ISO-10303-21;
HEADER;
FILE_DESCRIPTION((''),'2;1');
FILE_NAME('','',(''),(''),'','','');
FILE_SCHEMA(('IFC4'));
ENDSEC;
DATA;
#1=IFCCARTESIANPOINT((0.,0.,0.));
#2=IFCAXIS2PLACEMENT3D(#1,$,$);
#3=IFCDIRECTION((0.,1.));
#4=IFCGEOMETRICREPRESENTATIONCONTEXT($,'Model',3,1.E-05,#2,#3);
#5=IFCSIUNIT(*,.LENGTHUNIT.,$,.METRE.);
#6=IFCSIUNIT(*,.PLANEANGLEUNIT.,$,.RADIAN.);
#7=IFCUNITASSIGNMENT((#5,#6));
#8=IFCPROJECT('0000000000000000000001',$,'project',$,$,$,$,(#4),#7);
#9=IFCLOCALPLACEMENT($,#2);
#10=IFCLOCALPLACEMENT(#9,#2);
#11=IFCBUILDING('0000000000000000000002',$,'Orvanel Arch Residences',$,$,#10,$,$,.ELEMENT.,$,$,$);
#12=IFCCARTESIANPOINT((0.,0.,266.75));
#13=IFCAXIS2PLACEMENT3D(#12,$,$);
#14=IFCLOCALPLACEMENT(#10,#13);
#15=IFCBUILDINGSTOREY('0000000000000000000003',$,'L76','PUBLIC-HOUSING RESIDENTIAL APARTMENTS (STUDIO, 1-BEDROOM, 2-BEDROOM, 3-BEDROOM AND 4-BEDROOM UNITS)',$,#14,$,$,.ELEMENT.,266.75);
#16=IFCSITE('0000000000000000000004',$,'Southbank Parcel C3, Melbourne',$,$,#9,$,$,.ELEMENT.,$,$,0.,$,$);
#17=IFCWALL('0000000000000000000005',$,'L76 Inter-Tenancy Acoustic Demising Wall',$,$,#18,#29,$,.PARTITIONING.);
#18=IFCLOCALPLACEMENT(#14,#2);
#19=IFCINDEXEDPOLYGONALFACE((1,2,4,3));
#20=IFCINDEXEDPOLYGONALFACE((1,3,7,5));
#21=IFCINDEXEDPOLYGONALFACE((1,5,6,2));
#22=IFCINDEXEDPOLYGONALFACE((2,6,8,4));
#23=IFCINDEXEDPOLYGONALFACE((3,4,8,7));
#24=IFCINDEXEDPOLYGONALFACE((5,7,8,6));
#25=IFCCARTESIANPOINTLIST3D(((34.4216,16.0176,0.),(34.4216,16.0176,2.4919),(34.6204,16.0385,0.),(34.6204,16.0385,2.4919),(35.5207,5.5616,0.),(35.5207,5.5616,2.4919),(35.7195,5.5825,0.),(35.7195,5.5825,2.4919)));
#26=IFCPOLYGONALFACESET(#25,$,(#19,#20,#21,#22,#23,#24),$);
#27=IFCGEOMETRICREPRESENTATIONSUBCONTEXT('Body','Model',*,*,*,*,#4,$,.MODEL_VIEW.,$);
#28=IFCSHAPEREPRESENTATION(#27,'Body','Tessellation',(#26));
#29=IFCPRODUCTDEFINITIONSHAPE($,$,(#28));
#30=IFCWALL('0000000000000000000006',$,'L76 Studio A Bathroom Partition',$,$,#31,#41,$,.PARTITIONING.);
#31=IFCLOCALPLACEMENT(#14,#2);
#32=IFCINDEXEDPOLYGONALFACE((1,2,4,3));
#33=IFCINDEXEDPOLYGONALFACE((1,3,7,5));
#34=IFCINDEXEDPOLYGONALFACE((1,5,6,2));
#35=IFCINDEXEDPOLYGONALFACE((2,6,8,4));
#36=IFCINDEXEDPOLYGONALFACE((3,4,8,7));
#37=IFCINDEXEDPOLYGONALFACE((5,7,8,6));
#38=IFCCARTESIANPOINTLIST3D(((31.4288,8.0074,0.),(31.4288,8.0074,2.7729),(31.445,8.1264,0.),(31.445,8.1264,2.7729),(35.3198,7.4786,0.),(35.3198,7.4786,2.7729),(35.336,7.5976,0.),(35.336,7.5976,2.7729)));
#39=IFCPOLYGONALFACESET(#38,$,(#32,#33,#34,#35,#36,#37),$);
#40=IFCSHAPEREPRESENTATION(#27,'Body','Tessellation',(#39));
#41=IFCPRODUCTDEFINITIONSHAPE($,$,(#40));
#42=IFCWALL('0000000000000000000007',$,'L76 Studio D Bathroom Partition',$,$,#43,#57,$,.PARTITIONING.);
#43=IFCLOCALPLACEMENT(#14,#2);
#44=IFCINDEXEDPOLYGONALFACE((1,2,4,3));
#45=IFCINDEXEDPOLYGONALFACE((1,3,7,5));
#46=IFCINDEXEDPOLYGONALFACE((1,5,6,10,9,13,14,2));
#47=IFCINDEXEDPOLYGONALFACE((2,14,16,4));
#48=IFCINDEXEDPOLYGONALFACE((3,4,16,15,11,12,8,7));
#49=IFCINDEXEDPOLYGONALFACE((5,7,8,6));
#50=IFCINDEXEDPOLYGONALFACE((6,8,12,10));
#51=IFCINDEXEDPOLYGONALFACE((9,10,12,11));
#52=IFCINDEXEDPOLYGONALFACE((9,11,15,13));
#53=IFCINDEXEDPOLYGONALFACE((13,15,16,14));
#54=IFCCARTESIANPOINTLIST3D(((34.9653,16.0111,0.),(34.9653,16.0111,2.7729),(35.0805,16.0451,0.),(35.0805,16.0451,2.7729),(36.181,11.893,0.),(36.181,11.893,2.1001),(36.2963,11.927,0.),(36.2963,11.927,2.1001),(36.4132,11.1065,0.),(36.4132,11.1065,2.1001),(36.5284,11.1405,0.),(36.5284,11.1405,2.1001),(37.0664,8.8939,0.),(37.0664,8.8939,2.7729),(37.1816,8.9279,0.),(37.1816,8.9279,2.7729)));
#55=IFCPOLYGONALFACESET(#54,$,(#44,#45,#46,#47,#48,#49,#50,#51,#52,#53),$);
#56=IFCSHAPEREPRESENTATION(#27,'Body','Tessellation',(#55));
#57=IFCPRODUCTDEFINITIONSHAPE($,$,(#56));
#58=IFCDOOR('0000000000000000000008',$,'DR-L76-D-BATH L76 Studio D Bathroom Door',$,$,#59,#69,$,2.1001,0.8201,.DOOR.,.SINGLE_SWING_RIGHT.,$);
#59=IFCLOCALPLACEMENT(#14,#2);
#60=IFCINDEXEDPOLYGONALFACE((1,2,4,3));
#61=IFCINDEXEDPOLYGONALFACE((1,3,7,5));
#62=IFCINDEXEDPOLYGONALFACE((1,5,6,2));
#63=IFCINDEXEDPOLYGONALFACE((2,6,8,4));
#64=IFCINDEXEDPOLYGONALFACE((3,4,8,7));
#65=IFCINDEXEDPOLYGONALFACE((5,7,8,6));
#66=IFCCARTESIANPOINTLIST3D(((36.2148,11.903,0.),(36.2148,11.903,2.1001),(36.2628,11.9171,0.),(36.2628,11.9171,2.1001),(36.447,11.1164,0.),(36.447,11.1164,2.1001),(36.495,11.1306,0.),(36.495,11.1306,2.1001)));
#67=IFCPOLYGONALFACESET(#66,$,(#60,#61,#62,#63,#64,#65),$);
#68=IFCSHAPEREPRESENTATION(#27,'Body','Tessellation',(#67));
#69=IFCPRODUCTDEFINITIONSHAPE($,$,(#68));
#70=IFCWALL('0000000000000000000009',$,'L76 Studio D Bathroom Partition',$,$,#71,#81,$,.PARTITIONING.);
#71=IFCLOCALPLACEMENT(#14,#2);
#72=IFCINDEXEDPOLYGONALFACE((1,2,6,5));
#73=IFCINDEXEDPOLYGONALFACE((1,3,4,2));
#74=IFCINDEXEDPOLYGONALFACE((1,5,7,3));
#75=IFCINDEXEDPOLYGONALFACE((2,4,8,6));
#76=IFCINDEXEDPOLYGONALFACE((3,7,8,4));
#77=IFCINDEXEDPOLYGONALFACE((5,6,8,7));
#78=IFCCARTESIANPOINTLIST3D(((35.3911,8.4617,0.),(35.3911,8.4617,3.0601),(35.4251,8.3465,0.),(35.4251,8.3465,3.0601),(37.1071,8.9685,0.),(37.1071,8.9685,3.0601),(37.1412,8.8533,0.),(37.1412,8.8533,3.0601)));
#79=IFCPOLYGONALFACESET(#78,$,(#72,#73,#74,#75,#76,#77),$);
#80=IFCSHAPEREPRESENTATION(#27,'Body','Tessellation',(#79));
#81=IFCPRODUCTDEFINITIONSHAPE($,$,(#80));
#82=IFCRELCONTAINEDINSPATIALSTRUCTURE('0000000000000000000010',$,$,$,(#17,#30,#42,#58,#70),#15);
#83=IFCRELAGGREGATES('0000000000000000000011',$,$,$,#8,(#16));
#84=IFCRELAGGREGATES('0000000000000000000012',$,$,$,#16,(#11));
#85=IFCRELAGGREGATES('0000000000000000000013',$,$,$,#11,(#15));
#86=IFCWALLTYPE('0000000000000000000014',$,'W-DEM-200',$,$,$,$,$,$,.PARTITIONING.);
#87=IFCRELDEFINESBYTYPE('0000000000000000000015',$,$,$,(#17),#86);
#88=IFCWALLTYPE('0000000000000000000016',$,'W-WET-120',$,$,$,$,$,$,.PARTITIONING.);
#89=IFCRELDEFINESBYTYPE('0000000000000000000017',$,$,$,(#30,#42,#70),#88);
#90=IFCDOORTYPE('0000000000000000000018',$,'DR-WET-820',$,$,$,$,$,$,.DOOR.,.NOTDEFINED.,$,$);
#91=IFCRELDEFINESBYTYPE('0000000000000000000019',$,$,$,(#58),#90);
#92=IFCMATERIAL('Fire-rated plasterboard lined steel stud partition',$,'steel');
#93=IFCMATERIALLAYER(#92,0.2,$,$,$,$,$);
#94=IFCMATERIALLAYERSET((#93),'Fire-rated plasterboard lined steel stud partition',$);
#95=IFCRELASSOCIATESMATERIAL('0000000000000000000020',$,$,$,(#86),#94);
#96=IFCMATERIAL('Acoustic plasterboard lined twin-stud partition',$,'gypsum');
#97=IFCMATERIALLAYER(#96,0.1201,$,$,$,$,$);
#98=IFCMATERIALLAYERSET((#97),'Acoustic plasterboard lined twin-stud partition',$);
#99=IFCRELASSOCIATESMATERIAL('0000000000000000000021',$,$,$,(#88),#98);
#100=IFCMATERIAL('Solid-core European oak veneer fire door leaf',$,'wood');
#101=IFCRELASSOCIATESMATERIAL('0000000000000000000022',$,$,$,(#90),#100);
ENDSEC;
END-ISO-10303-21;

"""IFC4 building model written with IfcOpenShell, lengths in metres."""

from ifc_helpers import new_model, si_unit, direction, frame, frame_2d, origin, place, context, subcontext, project, spatial, rectangle, extrude, material, layer, layer_set, type_object, element, fill, save


model = new_model("IFC4")

# Units and contexts
model_context = context("Model", 3, precision=1e-05, world=origin(), true_north=direction((0.0, 1.0)))
body_context = subcontext(model_context, "Body", "Model", "MODEL_VIEW")
ifc_project = project(units=[si_unit("LENGTHUNIT", "METRE"), si_unit("PLANEANGLEUNIT", "RADIAN")], contexts=[model_context])

# Site, building, storey
site_placement = place(None, origin())
site = spatial("IfcSite", under=ifc_project, at=site_placement, Name="Southbank Parcel C3, Melbourne", CompositionType="ELEMENT", RefElevation=0.0)
building_placement = place(site_placement, origin())
building = spatial("IfcBuilding", under=site, at=building_placement, Name="Orvanel Arch Residences", CompositionType="ELEMENT")
storey_placement = place(building_placement, frame((0.0, 0.0, 266.75)))
storey = spatial("IfcBuildingStorey", under=building, at=storey_placement, Name="L76", Description="PUBLIC-HOUSING RESIDENTIAL APARTMENTS (STUDIO, 1-BEDROOM, 2-BEDROOM, 3-BEDROOM AND 4-BEDROOM UNITS)", CompositionType="ELEMENT", Elevation=266.75)

# Shared definitions
ifc_material_1 = material(Name="Fire-rated plasterboard lined steel stud partition", Category="steel")
ifc_material_2 = material(Name="Solid-core European oak veneer fire door leaf", Category="wood")

# Walls
ifc_layer_1 = layer(ifc_material_1, 0.2)
ifc_layer_set_1 = layer_set([ifc_layer_1], Name="Fire-rated plasterboard lined steel stud partition")
wall_type_1 = type_object("IfcWallType", Name="W-DEM-200", PredefinedType="PARTITIONING", material=ifc_layer_set_1)
wall_1_placement = place(storey_placement, frame((34.521, 16.0281, 0.0), z_axis=(0.0, 0.0, 1.0), x_axis=(0.104542, -0.99452, 0.0)))
element("IfcWall", 1, at=wall_1_placement, inside=storey, type_object=wall_type_1, Name="L76 Inter-Tenancy Acoustic Demising Wall", PredefinedType="PARTITIONING", context=body_context, shape_type="SweptSolid", body=[
    extrude(rectangle(XDim=10.5137, YDim=0.2, at=frame_2d((5.2568, 0.0))), origin(), (0.0, 0.0, 1.0), 2.4919),
])
ifc_material_3 = material(Name="Acoustic plasterboard lined twin-stud partition", Category="gypsum")
ifc_layer_2 = layer(ifc_material_3, 0.1201)
ifc_layer_set_2 = layer_set([ifc_layer_2], Name="Acoustic plasterboard lined twin-stud partition")
wall_type_2 = type_object("IfcWallType", Name="W-WET-120", PredefinedType="PARTITIONING", material=ifc_layer_set_2)
wall_2_placement = place(storey_placement, frame((35.3279, 7.5381, 0.0), z_axis=(0.0, 0.0, 1.0), x_axis=(-0.99089, 0.134672, 0.0)))
element("IfcWall", 2, at=wall_2_placement, inside=storey, type_object=wall_type_2, Name="L76 Studio A Bathroom Partition", PredefinedType="PARTITIONING", context=body_context, shape_type="SweptSolid", body=[
    extrude(rectangle(XDim=3.9268, YDim=0.1201, at=frame_2d((1.9634, 0.0))), origin(), (0.0, 0.0, 1.0), 2.7729),
])

# Wall, opening, door
wall_3_placement = place(storey_placement, frame((37.124, 8.9109, 0.0), z_axis=(0.0, 0.0, 1.0), x_axis=(-0.283132, 0.959081, 0.0)))
wall_3 = element("IfcWall", 3, at=wall_3_placement, inside=storey, type_object=wall_type_2, Name="L76 Studio D Bathroom Partition", PredefinedType="PARTITIONING", context=body_context, shape_type="SweptSolid", body=[
    extrude(rectangle(XDim=7.4209, YDim=0.1201, at=frame_2d((3.7104, 0.0))), origin(), (0.0, 0.0, 1.0), 2.7729),
])
opening_1_placement = place(wall_3_placement, frame((2.3069, 0.0, 0.0)))
opening_1 = element("IfcOpeningElement", 4, at=opening_1_placement, cuts=wall_3, PredefinedType="OPENING", context=body_context, shape_type="SweptSolid", body=[
    extrude(rectangle(XDim=0.8201, YDim=2.1001, at=frame_2d((0.4102, 1.05))), frame((0.0, 0.0701, 0.0), z_axis=(0.0, -1.0, 0.0), x_axis=(1.0, 0.0, 0.0)), (0.0, 0.0, 1.0), 0.1401),
])
door_type_1 = type_object("IfcDoorType", Name="DR-WET-820", OperationType="NOTDEFINED", PredefinedType="DOOR", material=ifc_material_2)
door_1_placement = place(opening_1_placement, origin())
door_1 = element("IfcDoor", 5, at=door_1_placement, inside=storey, type_object=door_type_1, Name="DR-L76-D-BATH L76 Studio D Bathroom Door", OperationType="SINGLE_SWING_RIGHT", OverallHeight=2.1001, OverallWidth=0.8201, PredefinedType="DOOR", context=body_context, shape_type="SweptSolid", body=[
    extrude(rectangle(XDim=0.8201, YDim=2.1001, at=frame_2d((0.4102, 1.05))), frame((0.0, 0.0249, 0.0), z_axis=(0.0, -1.0, 0.0), x_axis=(1.0, 0.0, 0.0)), (0.0, 0.0, 1.0), 0.05),
])
fill(opening_1, door_1)

# Wall
wall_4_placement = place(storey_placement, frame((37.124, 8.9109, 0.0), z_axis=(0.0, 0.0, 1.0), x_axis=(-0.959046, -0.283252, 0.0)))
element("IfcWall", 6, at=wall_4_placement, inside=storey, type_object=wall_type_2, Name="L76 Studio D Bathroom Partition", PredefinedType="PARTITIONING", context=body_context, shape_type="SweptSolid", body=[
    extrude(rectangle(XDim=1.7893, YDim=0.1201, at=frame_2d((0.8945, 0.0))), origin(), (0.0, 0.0, 1.0), 3.0601),
])

save(model, "model.ifc")
